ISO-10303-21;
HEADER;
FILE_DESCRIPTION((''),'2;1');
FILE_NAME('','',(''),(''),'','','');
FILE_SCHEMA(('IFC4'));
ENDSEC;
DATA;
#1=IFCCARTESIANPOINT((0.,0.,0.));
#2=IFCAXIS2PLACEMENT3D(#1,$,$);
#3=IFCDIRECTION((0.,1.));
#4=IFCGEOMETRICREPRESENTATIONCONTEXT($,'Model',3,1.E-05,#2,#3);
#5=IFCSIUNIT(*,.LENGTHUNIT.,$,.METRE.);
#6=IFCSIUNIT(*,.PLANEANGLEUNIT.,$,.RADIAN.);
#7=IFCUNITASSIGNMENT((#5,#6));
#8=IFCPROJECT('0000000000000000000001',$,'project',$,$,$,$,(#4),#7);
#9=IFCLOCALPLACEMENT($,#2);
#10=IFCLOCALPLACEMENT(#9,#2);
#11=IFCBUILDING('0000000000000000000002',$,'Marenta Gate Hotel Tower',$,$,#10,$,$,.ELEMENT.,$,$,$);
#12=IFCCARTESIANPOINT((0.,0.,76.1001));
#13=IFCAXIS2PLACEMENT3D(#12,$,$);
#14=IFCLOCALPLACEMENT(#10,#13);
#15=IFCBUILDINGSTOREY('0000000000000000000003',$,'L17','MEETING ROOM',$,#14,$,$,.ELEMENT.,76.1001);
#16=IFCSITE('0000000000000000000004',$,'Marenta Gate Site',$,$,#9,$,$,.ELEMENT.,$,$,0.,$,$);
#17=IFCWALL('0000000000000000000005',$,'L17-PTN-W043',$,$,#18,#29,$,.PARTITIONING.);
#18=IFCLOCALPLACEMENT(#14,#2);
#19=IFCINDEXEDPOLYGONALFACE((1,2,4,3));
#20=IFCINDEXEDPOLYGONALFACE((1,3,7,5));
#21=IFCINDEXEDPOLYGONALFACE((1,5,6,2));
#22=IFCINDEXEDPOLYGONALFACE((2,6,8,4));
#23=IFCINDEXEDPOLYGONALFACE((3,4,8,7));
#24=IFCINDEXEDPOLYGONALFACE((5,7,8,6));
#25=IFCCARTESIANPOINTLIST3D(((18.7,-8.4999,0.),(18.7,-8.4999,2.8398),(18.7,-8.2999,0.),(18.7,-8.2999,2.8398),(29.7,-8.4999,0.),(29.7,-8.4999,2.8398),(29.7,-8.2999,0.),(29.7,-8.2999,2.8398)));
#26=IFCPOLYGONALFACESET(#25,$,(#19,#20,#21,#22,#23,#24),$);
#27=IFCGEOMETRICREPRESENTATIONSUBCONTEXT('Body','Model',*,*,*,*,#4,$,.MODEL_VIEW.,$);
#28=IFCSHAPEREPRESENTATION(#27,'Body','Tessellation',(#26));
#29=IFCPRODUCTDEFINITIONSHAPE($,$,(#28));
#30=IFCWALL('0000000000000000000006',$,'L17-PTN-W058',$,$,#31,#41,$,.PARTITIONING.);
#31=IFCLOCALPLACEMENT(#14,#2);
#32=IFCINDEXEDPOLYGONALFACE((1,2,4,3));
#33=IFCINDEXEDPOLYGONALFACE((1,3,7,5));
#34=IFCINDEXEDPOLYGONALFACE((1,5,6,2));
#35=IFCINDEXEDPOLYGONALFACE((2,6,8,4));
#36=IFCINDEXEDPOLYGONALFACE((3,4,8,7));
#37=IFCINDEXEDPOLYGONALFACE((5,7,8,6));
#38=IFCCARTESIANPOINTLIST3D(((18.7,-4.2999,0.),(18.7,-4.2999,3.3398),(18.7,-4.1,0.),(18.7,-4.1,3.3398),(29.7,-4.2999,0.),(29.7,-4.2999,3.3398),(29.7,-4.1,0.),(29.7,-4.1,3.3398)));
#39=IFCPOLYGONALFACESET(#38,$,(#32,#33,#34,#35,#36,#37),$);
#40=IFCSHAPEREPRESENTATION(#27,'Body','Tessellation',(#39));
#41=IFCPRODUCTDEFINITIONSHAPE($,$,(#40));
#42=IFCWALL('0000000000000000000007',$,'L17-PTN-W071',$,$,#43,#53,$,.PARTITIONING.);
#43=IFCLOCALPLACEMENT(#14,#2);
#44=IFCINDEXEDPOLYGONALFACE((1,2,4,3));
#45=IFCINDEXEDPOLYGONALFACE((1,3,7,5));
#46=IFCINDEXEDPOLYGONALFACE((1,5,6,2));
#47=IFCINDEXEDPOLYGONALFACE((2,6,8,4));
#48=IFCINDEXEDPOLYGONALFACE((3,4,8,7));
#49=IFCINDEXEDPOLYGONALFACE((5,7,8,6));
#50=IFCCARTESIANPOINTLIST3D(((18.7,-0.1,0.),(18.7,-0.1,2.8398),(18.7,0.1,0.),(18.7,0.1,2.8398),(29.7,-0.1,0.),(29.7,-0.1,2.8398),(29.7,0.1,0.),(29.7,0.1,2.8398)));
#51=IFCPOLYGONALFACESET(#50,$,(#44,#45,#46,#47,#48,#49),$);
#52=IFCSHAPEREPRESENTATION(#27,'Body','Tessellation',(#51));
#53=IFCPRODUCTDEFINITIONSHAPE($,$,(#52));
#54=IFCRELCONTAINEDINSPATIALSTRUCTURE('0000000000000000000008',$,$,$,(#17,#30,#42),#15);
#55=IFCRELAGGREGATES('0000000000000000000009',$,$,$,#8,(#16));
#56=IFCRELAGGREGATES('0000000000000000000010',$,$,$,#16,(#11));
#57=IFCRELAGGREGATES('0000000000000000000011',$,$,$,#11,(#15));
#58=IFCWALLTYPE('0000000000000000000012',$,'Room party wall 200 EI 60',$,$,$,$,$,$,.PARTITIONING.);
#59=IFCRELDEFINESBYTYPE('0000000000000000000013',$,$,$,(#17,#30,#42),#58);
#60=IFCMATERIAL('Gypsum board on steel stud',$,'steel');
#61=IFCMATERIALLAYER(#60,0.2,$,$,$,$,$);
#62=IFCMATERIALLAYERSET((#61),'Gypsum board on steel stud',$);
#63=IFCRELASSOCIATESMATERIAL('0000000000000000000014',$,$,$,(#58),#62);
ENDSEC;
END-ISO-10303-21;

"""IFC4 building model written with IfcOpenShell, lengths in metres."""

from ifc_helpers import new_model, si_unit, direction, frame, frame_2d, origin, place, context, subcontext, project, spatial, rectangle, extrude, material, layer, layer_set, type_object, element, save


model = new_model("IFC4")

# Units and contexts
model_context = context("Model", 3, precision=1e-05, world=origin(), true_north=direction((0.0, 1.0)))
body_context = subcontext(model_context, "Body", "Model", "MODEL_VIEW")
ifc_project = project(units=[si_unit("LENGTHUNIT", "METRE"), si_unit("PLANEANGLEUNIT", "RADIAN")], contexts=[model_context])

# Site, building, storey
site_placement = place(None, origin())
site = spatial("IfcSite", under=ifc_project, at=site_placement, Name="Marenta Gate Site", CompositionType="ELEMENT", RefElevation=0.0)
building_placement = place(site_placement, origin())
building = spatial("IfcBuilding", under=site, at=building_placement, Name="Marenta Gate Hotel Tower", CompositionType="ELEMENT")
storey_placement = place(building_placement, frame((0.0, 0.0, 76.1001)))
storey = spatial("IfcBuildingStorey", under=building, at=storey_placement, Name="L17", Description="MEETING ROOM", CompositionType="ELEMENT", Elevation=76.1001)

# Walls
ifc_material_1 = material(Name="Gypsum board on steel stud", Category="steel")
ifc_layer_1 = layer(ifc_material_1, 0.2)
ifc_layer_set_1 = layer_set([ifc_layer_1], Name="Gypsum board on steel stud")
wall_type_1 = type_object("IfcWallType", Name="Room party wall 200 EI 60", PredefinedType="PARTITIONING", material=ifc_layer_set_1)
wall_1_placement = place(storey_placement, frame((18.7, -8.3999, 0.0), z_axis=(0.0, 0.0, 1.0), x_axis=(1.0, 0.0, 0.0)))
element("IfcWall", 1, at=wall_1_placement, inside=storey, type_object=wall_type_1, Name="L17-PTN-W043", PredefinedType="PARTITIONING", context=body_context, shape_type="SweptSolid", body=[
    extrude(rectangle(XDim=11.0, YDim=0.2, at=frame_2d((5.5, 0.0))), origin(), (0.0, 0.0, 1.0), 2.8398),
])
wall_2_placement = place(storey_placement, frame((18.7, -4.2, 0.0), z_axis=(0.0, 0.0, 1.0), x_axis=(1.0, 0.0, 0.0)))
element("IfcWall", 2, at=wall_2_placement, inside=storey, type_object=wall_type_1, Name="L17-PTN-W058", PredefinedType="PARTITIONING", context=body_context, shape_type="SweptSolid", body=[
    extrude(rectangle(XDim=11.0, YDim=0.2, at=frame_2d((5.5, 0.0))), origin(), (0.0, 0.0, 1.0), 3.3398),
])
wall_3_placement = place(storey_placement, frame((18.7, 0.0, 0.0), z_axis=(0.0, 0.0, 1.0), x_axis=(1.0, 0.0, 0.0)))
element("IfcWall", 3, at=wall_3_placement, inside=storey, type_object=wall_type_1, Name="L17-PTN-W071", PredefinedType="PARTITIONING", context=body_context, shape_type="SweptSolid", body=[
    extrude(rectangle(XDim=11.0, YDim=0.2, at=frame_2d((5.5, 0.0))), origin(), (0.0, 0.0, 1.0), 2.8398),
])

save(model, "model.ifc")
